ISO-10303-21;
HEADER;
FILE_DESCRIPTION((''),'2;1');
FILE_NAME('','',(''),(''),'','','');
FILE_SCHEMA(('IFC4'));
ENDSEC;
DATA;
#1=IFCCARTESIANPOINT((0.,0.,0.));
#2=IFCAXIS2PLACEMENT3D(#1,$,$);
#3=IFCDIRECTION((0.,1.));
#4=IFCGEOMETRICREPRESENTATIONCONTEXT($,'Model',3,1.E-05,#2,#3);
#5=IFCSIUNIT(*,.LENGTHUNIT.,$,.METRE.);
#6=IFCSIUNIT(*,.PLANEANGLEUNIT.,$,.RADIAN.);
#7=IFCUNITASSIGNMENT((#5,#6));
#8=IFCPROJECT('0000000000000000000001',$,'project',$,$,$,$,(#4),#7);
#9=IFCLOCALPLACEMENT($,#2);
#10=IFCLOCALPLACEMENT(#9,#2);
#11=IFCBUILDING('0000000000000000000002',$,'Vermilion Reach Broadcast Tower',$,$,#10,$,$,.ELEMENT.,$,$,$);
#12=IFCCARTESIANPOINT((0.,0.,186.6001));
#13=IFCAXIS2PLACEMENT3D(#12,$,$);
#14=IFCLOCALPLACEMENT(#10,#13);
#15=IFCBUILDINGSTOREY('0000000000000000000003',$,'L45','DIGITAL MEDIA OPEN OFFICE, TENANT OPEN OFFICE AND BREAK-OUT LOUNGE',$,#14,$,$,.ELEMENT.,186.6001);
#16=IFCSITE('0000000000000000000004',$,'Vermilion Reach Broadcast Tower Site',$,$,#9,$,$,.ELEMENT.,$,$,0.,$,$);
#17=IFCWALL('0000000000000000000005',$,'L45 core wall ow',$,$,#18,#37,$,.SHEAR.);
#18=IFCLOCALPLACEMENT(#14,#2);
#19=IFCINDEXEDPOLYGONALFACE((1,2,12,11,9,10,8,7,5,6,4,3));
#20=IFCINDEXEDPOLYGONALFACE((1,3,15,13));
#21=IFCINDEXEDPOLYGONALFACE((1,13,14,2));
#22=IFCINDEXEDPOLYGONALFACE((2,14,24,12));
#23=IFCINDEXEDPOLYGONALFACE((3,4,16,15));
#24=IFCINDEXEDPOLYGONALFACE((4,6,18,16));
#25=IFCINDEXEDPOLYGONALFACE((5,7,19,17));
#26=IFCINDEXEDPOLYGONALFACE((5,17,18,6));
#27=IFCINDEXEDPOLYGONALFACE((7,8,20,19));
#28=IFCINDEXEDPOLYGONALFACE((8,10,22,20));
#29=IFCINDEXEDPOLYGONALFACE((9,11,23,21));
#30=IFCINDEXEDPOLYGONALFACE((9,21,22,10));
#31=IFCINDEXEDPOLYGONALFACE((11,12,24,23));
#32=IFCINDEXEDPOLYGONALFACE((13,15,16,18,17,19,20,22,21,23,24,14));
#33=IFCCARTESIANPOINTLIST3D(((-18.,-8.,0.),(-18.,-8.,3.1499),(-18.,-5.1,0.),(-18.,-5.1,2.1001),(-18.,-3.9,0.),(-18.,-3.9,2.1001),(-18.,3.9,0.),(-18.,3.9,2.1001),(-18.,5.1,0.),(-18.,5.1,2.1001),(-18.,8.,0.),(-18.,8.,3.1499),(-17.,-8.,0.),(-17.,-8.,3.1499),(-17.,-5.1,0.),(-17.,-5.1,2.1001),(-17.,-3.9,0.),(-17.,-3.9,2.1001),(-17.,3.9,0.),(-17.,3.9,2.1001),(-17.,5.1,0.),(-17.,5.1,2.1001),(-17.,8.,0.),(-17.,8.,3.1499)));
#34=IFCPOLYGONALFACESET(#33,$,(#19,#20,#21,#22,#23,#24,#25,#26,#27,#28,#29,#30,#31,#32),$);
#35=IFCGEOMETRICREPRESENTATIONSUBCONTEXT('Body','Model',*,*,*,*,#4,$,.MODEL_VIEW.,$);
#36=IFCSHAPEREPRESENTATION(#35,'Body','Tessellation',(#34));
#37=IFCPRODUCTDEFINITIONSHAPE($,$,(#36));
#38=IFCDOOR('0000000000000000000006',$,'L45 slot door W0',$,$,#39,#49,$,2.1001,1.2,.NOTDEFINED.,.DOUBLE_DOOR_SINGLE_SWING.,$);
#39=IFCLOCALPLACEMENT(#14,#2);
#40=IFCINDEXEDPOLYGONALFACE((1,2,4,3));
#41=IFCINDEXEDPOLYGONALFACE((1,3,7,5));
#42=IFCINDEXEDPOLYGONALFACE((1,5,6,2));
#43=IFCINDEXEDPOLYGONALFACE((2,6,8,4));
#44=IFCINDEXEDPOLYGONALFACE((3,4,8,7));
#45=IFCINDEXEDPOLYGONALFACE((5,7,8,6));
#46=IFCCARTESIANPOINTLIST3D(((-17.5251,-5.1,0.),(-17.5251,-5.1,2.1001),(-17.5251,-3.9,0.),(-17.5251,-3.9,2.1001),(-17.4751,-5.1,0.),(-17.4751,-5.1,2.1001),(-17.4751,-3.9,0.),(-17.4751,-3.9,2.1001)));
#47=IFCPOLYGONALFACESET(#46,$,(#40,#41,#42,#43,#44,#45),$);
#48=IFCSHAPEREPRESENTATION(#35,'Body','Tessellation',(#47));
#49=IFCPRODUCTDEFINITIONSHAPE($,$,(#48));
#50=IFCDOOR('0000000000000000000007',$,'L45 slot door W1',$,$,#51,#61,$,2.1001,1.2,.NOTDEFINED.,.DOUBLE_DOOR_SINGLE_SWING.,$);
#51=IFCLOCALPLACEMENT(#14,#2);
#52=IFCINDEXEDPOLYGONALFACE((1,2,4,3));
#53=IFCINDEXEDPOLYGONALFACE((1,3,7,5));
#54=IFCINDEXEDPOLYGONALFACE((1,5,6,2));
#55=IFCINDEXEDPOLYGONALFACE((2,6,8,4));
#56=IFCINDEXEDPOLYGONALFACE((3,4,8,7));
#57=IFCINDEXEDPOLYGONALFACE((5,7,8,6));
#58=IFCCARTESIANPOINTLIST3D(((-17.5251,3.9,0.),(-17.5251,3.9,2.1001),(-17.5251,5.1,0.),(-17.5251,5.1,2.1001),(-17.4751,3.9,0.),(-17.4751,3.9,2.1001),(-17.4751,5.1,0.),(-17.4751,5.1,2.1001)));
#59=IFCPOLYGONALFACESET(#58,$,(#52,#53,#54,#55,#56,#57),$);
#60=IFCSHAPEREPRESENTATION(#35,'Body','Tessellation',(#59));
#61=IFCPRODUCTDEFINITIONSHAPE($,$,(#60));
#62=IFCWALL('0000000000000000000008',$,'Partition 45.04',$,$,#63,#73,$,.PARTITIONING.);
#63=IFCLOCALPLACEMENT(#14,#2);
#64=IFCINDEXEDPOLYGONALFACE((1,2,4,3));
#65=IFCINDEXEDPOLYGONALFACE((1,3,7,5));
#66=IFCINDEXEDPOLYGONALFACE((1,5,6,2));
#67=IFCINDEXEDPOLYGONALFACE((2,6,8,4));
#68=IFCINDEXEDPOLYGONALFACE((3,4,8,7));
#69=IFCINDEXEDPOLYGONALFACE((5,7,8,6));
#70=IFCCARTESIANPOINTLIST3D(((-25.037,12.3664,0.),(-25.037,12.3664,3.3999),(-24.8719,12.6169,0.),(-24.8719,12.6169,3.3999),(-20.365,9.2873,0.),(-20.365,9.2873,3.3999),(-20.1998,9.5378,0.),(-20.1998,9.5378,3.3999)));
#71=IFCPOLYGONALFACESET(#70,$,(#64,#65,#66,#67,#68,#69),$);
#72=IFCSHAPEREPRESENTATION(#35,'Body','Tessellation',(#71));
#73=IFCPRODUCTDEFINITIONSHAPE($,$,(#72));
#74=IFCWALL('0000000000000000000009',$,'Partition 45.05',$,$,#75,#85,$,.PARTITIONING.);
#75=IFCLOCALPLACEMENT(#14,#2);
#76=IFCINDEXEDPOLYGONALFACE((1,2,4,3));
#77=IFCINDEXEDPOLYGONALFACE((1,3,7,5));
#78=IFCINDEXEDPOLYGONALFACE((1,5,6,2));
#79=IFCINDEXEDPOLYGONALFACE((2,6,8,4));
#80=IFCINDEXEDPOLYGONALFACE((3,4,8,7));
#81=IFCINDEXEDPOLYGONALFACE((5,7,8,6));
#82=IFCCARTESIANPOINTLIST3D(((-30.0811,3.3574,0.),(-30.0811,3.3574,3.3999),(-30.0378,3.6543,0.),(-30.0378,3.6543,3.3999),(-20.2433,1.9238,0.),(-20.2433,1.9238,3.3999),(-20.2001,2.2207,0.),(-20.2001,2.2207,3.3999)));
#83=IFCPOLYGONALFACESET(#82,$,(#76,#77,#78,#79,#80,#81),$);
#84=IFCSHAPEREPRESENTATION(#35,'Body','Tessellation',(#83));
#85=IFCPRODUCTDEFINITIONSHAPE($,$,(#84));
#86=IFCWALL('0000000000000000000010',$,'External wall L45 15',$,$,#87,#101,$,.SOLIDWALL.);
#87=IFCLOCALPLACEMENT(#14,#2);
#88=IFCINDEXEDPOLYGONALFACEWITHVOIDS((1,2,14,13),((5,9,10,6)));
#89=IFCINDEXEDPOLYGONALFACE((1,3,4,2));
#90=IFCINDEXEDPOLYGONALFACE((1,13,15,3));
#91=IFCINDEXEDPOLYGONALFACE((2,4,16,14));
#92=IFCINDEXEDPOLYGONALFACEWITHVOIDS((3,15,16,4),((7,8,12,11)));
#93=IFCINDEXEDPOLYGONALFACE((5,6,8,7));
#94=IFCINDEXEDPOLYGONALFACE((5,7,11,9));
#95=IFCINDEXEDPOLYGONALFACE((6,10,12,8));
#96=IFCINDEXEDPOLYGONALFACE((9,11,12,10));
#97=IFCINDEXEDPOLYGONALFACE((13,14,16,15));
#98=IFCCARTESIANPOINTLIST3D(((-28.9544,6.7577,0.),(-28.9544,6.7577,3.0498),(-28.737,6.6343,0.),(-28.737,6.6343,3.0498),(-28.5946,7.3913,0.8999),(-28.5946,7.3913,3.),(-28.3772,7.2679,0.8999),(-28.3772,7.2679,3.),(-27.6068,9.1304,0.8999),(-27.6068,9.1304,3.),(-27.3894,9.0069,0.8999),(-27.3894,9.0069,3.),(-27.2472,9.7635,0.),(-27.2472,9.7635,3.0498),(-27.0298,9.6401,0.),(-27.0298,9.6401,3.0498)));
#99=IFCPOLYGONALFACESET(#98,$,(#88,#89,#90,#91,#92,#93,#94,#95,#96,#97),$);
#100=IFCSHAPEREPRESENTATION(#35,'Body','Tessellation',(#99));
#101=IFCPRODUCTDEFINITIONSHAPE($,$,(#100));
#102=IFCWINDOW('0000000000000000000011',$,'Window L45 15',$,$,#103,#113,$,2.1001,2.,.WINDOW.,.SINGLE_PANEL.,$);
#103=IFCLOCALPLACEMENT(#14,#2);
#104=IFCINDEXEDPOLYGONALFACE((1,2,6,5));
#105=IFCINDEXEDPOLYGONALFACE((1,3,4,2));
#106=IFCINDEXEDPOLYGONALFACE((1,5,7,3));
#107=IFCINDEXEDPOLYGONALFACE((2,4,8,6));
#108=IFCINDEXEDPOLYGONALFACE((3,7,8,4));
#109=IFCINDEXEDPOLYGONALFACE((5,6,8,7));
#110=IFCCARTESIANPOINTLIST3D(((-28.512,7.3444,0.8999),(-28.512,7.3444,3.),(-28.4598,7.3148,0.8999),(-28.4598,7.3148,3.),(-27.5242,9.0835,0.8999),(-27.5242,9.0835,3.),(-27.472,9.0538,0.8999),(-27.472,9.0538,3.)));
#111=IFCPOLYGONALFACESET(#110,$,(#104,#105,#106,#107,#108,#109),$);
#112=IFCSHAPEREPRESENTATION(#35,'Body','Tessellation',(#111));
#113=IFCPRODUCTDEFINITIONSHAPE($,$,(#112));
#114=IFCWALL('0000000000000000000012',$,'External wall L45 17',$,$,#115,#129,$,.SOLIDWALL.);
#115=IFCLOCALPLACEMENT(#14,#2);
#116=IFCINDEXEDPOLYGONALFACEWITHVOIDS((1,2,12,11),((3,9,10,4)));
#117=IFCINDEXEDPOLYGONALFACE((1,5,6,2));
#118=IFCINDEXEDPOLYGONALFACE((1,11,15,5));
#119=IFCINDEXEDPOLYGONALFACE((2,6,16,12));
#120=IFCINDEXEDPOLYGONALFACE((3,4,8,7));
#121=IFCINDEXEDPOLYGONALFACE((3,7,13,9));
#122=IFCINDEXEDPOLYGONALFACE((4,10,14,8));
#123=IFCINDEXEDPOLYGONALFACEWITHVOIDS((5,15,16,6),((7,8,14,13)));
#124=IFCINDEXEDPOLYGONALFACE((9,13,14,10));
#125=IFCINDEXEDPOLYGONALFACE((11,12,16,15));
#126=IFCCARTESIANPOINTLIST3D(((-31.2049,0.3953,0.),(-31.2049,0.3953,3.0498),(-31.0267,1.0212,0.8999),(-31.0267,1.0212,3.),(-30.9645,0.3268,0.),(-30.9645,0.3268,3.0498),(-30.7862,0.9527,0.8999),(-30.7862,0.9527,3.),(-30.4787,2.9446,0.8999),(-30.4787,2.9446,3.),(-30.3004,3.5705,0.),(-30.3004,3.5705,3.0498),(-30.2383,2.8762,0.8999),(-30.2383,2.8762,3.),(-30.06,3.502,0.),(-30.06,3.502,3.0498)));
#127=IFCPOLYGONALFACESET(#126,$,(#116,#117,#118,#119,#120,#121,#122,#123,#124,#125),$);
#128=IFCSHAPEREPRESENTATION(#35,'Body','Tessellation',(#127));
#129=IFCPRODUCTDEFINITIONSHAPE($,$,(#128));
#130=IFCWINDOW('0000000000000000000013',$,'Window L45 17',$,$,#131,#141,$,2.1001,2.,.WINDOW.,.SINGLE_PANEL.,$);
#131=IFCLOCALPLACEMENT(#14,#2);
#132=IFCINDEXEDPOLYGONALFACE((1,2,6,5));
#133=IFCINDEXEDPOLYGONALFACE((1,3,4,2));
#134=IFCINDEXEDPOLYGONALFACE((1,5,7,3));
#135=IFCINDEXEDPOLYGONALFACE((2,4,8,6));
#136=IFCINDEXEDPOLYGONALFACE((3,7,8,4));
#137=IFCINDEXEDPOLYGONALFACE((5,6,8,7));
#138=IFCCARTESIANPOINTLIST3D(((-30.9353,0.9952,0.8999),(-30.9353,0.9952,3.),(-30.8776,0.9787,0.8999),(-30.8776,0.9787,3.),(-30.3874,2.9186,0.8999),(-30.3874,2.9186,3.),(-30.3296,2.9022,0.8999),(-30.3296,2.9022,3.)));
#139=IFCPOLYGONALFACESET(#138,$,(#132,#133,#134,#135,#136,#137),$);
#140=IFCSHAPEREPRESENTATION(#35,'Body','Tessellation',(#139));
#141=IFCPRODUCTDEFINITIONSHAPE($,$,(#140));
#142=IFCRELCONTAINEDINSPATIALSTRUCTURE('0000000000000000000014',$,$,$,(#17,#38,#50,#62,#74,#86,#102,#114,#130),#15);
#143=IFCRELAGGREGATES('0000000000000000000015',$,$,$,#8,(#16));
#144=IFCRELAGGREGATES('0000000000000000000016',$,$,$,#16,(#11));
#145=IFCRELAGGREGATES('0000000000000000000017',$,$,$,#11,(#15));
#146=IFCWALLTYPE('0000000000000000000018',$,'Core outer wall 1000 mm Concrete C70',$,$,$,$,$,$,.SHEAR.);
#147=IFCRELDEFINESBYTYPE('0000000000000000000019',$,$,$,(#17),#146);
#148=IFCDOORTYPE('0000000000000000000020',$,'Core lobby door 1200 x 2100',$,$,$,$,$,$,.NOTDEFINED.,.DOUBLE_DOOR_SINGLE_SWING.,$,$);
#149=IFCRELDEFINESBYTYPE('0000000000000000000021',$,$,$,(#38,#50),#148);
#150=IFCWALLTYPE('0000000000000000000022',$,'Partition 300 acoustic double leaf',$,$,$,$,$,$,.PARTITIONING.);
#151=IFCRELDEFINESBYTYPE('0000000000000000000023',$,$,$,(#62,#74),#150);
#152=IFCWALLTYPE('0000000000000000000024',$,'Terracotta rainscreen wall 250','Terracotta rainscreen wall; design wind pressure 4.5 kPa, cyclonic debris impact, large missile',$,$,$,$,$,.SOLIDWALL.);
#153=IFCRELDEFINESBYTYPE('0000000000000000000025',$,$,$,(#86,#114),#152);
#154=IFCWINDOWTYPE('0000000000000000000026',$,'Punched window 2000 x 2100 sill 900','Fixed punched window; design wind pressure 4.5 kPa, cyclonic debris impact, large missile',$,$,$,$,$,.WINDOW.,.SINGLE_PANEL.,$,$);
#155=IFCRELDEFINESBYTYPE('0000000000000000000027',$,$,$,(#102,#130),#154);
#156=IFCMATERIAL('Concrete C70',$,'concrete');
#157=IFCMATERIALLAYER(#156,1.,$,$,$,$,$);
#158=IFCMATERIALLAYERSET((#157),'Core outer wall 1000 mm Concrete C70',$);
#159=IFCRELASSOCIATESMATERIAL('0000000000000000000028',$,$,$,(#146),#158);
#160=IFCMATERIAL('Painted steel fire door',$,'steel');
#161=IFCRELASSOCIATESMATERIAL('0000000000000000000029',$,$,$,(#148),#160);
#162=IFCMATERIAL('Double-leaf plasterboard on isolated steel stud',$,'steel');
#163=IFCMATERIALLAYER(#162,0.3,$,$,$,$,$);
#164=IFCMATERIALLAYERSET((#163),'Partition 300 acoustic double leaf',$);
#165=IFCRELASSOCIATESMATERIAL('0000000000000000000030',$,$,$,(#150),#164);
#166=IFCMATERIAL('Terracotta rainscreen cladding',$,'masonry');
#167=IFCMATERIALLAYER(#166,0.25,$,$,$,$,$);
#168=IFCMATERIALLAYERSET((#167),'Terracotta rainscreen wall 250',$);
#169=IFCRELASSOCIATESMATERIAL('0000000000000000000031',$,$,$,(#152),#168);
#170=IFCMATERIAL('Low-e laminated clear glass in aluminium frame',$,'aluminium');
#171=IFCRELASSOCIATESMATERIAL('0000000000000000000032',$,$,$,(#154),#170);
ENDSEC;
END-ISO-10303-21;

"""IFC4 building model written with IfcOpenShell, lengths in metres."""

from ifc_helpers import new_model, si_unit, direction, frame, frame_2d, origin, place, context, subcontext, project, spatial, rectangle, extrude, material, layer, layer_set, type_object, element, fill, save


model = new_model("IFC4")

# Units and contexts
model_context = context("Model", 3, precision=1e-05, world=origin(), true_north=direction((0.0, 1.0)))
body_context = subcontext(model_context, "Body", "Model", "MODEL_VIEW")
ifc_project = project(units=[si_unit("LENGTHUNIT", "METRE"), si_unit("PLANEANGLEUNIT", "RADIAN")], contexts=[model_context])

# Site, building, storey
site_placement = place(None, origin())
site = spatial("IfcSite", under=ifc_project, at=site_placement, Name="Vermilion Reach Broadcast Tower Site", CompositionType="ELEMENT", RefElevation=0.0)
building_placement = place(site_placement, origin())
building = spatial("IfcBuilding", under=site, at=building_placement, Name="Vermilion Reach Broadcast Tower", CompositionType="ELEMENT")
storey_placement = place(building_placement, frame((0.0, 0.0, 186.6001)))
storey = spatial("IfcBuildingStorey", under=building, at=storey_placement, Name="L45", Description="DIGITAL MEDIA OPEN OFFICE, TENANT OPEN OFFICE AND BREAK-OUT LOUNGE", CompositionType="ELEMENT", Elevation=186.6001)

# Wall, openings, doors
ifc_material_1 = material(Name="Concrete C70", Category="concrete")
ifc_layer_1 = layer(ifc_material_1, 1.0)
ifc_layer_set_1 = layer_set([ifc_layer_1], Name="Core outer wall 1000 mm Concrete C70")
wall_type_1 = type_object("IfcWallType", Name="Core outer wall 1000 mm Concrete C70", PredefinedType="SHEAR", material=ifc_layer_set_1)
wall_1_placement = place(storey_placement, frame((-17.5, 8.0, 0.0), z_axis=(0.0, 0.0, 1.0), x_axis=(0.0, -1.0, 0.0)))
wall_1 = element("IfcWall", 1, at=wall_1_placement, inside=storey, type_object=wall_type_1, Name="L45 core wall ow", PredefinedType="SHEAR", context=body_context, shape_type="SweptSolid", body=[
    extrude(rectangle(XDim=16.0, YDim=1.0, at=frame_2d((8.0, 0.0))), origin(), (0.0, 0.0, 1.0), 3.1499),
])
opening_1_placement = place(wall_1_placement, frame((11.8999, 0.0, 0.0)))
opening_1 = element("IfcOpeningElement", 2, at=opening_1_placement, cuts=wall_1, PredefinedType="OPENING", context=body_context, shape_type="SweptSolid", body=[
    extrude(rectangle(XDim=1.2, YDim=2.1001, at=frame_2d((0.6001, 1.05))), frame((0.0, 0.51, 0.0), z_axis=(0.0, -1.0, 0.0), x_axis=(1.0, 0.0, 0.0)), (0.0, 0.0, 1.0), 1.02),
])
opening_2_placement = place(wall_1_placement, frame((2.8999, 0.0, 0.0)))
opening_2 = element("IfcOpeningElement", 3, at=opening_2_placement, cuts=wall_1, PredefinedType="OPENING", context=body_context, shape_type="SweptSolid", body=[
    extrude(rectangle(XDim=1.2, YDim=2.1001, at=frame_2d((0.6001, 1.05))), frame((0.0, 0.51, 0.0), z_axis=(0.0, -1.0, 0.0), x_axis=(1.0, 0.0, 0.0)), (0.0, 0.0, 1.0), 1.02),
])
ifc_material_2 = material(Name="Painted steel fire door", Category="steel")
door_type_1 = type_object("IfcDoorType", Name="Core lobby door 1200 x 2100", OperationType="DOUBLE_DOOR_SINGLE_SWING", PredefinedType="NOTDEFINED", material=ifc_material_2)
door_1_placement = place(opening_1_placement, origin())
door_1 = element("IfcDoor", 4, at=door_1_placement, inside=storey, type_object=door_type_1, Name="L45 slot door W0", OperationType="DOUBLE_DOOR_SINGLE_SWING", OverallHeight=2.1001, OverallWidth=1.2, PredefinedType="NOTDEFINED", context=body_context, shape_type="SweptSolid", body=[
    extrude(rectangle(XDim=1.2, YDim=2.1001, at=frame_2d((0.6001, 1.05))), frame((0.0, 0.0249, 0.0), z_axis=(0.0, -1.0, 0.0), x_axis=(1.0, 0.0, 0.0)), (0.0, 0.0, 1.0), 0.05),
])
fill(opening_1, door_1)
door_2_placement = place(opening_2_placement, origin())
door_2 = element("IfcDoor", 5, at=door_2_placement, inside=storey, type_object=door_type_1, Name="L45 slot door W1", OperationType="DOUBLE_DOOR_SINGLE_SWING", OverallHeight=2.1001, OverallWidth=1.2, PredefinedType="NOTDEFINED", context=body_context, shape_type="SweptSolid", body=[
    extrude(rectangle(XDim=1.2, YDim=2.1001, at=frame_2d((0.6001, 1.05))), frame((0.0, 0.0249, 0.0), z_axis=(0.0, -1.0, 0.0), x_axis=(1.0, 0.0, 0.0)), (0.0, 0.0, 1.0), 0.05),
])
fill(opening_2, door_2)

# Walls
ifc_material_3 = material(Name="Double-leaf plasterboard on isolated steel stud", Category="steel")
ifc_layer_2 = layer(ifc_material_3, 0.3)
ifc_layer_set_2 = layer_set([ifc_layer_2], Name="Partition 300 acoustic double leaf")
wall_type_2 = type_object("IfcWallType", Name="Partition 300 acoustic double leaf", PredefinedType="PARTITIONING", material=ifc_layer_set_2)
wall_2_placement = place(storey_placement, frame((-24.9546, 12.4917, 0.0), z_axis=(0.0, 0.0, 1.0), x_axis=(0.834979, -0.550282, 0.0)))
element("IfcWall", 6, at=wall_2_placement, inside=storey, type_object=wall_type_2, Name="Partition 45.04", PredefinedType="PARTITIONING", context=body_context, shape_type="SweptSolid", body=[
    extrude(rectangle(XDim=5.5955, YDim=0.3, at=frame_2d((2.7979, 0.0))), origin(), (0.0, 0.0, 1.0), 3.3999),
])
wall_3_placement = place(storey_placement, frame((-30.0593, 3.5059, 0.0), z_axis=(0.0, 0.0, 1.0), x_axis=(0.989548, -0.144202, 0.0)))
element("IfcWall", 7, at=wall_3_placement, inside=storey, type_object=wall_type_2, Name="Partition 45.05", PredefinedType="PARTITIONING", context=body_context, shape_type="SweptSolid", body=[
    extrude(rectangle(XDim=9.9417, YDim=0.3, at=frame_2d((4.9707, 0.0))), origin(), (0.0, 0.0, 1.0), 3.3999),
])

# Wall, opening, window
ifc_material_4 = material(Name="Terracotta rainscreen cladding", Category="masonry")
ifc_layer_3 = layer(ifc_material_4, 0.25)
ifc_layer_set_3 = layer_set([ifc_layer_3], Name="Terracotta rainscreen wall 250")
wall_type_3 = type_object("IfcWallType", Name="Terracotta rainscreen wall 250", Description="Terracotta rainscreen wall; design wind pressure 4.5 kPa, cyclonic debris impact, large missile", PredefinedType="SOLIDWALL", material=ifc_layer_set_3)
wall_4_placement = place(storey_placement, frame((-27.1384, 9.7019, 0.0), z_axis=(0.0, 0.0, 1.0), x_axis=(-0.493878, -0.869531, 0.0)))
wall_4 = element("IfcWall", 8, at=wall_4_placement, inside=storey, type_object=wall_type_3, Name="External wall L45 15", PredefinedType="SOLIDWALL", context=body_context, shape_type="SweptSolid", body=[
    extrude(rectangle(XDim=3.4568, YDim=0.25, at=frame_2d((1.7285, 0.0))), origin(), (0.0, 0.0, 1.0), 3.0498),
])
opening_3_placement = place(wall_4_placement, frame((0.7283, 0.0, 0.8999)))
opening_3 = element("IfcOpeningElement", 9, at=opening_3_placement, cuts=wall_4, PredefinedType="OPENING", context=body_context, shape_type="SweptSolid", body=[
    extrude(rectangle(XDim=2.0, YDim=2.1001, at=frame_2d((1.0, 1.05))), frame((0.0, 0.135, 0.0), z_axis=(0.0, -1.0, 0.0), x_axis=(1.0, 0.0, 0.0)), (0.0, 0.0, 1.0), 0.27),
])
ifc_material_5 = material(Name="Low-e laminated clear glass in aluminium frame", Category="aluminium")
window_type = type_object("IfcWindowType", Name="Punched window 2000 x 2100 sill 900", Description="Fixed punched window; design wind pressure 4.5 kPa, cyclonic debris impact, large missile", PartitioningType="SINGLE_PANEL", PredefinedType="WINDOW", material=ifc_material_5)
window_1_placement = place(opening_3_placement, origin())
window_1 = element("IfcWindow", 10, at=window_1_placement, inside=storey, type_object=window_type, Name="Window L45 15", OverallHeight=2.1001, OverallWidth=2.0, PartitioningType="SINGLE_PANEL", PredefinedType="WINDOW", context=body_context, shape_type="SweptSolid", body=[
    extrude(rectangle(XDim=2.0, YDim=2.1001, at=frame_2d((1.0, 1.05))), frame((0.0, 0.03, 0.0), z_axis=(0.0, -1.0, 0.0), x_axis=(1.0, 0.0, 0.0)), (0.0, 0.0, 1.0), 0.0601),
])
fill(opening_3, window_1)

# Wall, opening, window
wall_5_placement = place(storey_placement, frame((-30.1802, 3.5364, 0.0), z_axis=(0.0, 0.0, 1.0), x_axis=(-0.273969, -0.961739, 0.0)))
wall_5 = element("IfcWall", 11, at=wall_5_placement, inside=storey, type_object=wall_type_3, Name="External wall L45 17", PredefinedType="SOLIDWALL", context=body_context, shape_type="SweptSolid", body=[
    extrude(rectangle(XDim=3.3015, YDim=0.25, at=frame_2d((1.6509, 0.0))), origin(), (0.0, 0.0, 1.0), 3.0498),
])
opening_4_placement = place(wall_5_placement, frame((0.6509, 0.0, 0.8999)))
opening_4 = element("IfcOpeningElement", 12, at=opening_4_placement, cuts=wall_5, PredefinedType="OPENING", context=body_context, shape_type="SweptSolid", body=[
    extrude(rectangle(XDim=2.0, YDim=2.1001, at=frame_2d((1.0, 1.05))), frame((0.0, 0.135, 0.0), z_axis=(0.0, -1.0, 0.0), x_axis=(1.0, 0.0, 0.0)), (0.0, 0.0, 1.0), 0.27),
])
window_2_placement = place(opening_4_placement, origin())
window_2 = element("IfcWindow", 13, at=window_2_placement, inside=storey, type_object=window_type, Name="Window L45 17", OverallHeight=2.1001, OverallWidth=2.0, PartitioningType="SINGLE_PANEL", PredefinedType="WINDOW", context=body_context, shape_type="SweptSolid", body=[
    extrude(rectangle(XDim=2.0, YDim=2.1001, at=frame_2d((1.0, 1.05))), frame((0.0, 0.03, 0.0), z_axis=(0.0, -1.0, 0.0), x_axis=(1.0, 0.0, 0.0)), (0.0, 0.0, 1.0), 0.0601),
])
fill(opening_4, window_2)

save(model, "model.ifc")
